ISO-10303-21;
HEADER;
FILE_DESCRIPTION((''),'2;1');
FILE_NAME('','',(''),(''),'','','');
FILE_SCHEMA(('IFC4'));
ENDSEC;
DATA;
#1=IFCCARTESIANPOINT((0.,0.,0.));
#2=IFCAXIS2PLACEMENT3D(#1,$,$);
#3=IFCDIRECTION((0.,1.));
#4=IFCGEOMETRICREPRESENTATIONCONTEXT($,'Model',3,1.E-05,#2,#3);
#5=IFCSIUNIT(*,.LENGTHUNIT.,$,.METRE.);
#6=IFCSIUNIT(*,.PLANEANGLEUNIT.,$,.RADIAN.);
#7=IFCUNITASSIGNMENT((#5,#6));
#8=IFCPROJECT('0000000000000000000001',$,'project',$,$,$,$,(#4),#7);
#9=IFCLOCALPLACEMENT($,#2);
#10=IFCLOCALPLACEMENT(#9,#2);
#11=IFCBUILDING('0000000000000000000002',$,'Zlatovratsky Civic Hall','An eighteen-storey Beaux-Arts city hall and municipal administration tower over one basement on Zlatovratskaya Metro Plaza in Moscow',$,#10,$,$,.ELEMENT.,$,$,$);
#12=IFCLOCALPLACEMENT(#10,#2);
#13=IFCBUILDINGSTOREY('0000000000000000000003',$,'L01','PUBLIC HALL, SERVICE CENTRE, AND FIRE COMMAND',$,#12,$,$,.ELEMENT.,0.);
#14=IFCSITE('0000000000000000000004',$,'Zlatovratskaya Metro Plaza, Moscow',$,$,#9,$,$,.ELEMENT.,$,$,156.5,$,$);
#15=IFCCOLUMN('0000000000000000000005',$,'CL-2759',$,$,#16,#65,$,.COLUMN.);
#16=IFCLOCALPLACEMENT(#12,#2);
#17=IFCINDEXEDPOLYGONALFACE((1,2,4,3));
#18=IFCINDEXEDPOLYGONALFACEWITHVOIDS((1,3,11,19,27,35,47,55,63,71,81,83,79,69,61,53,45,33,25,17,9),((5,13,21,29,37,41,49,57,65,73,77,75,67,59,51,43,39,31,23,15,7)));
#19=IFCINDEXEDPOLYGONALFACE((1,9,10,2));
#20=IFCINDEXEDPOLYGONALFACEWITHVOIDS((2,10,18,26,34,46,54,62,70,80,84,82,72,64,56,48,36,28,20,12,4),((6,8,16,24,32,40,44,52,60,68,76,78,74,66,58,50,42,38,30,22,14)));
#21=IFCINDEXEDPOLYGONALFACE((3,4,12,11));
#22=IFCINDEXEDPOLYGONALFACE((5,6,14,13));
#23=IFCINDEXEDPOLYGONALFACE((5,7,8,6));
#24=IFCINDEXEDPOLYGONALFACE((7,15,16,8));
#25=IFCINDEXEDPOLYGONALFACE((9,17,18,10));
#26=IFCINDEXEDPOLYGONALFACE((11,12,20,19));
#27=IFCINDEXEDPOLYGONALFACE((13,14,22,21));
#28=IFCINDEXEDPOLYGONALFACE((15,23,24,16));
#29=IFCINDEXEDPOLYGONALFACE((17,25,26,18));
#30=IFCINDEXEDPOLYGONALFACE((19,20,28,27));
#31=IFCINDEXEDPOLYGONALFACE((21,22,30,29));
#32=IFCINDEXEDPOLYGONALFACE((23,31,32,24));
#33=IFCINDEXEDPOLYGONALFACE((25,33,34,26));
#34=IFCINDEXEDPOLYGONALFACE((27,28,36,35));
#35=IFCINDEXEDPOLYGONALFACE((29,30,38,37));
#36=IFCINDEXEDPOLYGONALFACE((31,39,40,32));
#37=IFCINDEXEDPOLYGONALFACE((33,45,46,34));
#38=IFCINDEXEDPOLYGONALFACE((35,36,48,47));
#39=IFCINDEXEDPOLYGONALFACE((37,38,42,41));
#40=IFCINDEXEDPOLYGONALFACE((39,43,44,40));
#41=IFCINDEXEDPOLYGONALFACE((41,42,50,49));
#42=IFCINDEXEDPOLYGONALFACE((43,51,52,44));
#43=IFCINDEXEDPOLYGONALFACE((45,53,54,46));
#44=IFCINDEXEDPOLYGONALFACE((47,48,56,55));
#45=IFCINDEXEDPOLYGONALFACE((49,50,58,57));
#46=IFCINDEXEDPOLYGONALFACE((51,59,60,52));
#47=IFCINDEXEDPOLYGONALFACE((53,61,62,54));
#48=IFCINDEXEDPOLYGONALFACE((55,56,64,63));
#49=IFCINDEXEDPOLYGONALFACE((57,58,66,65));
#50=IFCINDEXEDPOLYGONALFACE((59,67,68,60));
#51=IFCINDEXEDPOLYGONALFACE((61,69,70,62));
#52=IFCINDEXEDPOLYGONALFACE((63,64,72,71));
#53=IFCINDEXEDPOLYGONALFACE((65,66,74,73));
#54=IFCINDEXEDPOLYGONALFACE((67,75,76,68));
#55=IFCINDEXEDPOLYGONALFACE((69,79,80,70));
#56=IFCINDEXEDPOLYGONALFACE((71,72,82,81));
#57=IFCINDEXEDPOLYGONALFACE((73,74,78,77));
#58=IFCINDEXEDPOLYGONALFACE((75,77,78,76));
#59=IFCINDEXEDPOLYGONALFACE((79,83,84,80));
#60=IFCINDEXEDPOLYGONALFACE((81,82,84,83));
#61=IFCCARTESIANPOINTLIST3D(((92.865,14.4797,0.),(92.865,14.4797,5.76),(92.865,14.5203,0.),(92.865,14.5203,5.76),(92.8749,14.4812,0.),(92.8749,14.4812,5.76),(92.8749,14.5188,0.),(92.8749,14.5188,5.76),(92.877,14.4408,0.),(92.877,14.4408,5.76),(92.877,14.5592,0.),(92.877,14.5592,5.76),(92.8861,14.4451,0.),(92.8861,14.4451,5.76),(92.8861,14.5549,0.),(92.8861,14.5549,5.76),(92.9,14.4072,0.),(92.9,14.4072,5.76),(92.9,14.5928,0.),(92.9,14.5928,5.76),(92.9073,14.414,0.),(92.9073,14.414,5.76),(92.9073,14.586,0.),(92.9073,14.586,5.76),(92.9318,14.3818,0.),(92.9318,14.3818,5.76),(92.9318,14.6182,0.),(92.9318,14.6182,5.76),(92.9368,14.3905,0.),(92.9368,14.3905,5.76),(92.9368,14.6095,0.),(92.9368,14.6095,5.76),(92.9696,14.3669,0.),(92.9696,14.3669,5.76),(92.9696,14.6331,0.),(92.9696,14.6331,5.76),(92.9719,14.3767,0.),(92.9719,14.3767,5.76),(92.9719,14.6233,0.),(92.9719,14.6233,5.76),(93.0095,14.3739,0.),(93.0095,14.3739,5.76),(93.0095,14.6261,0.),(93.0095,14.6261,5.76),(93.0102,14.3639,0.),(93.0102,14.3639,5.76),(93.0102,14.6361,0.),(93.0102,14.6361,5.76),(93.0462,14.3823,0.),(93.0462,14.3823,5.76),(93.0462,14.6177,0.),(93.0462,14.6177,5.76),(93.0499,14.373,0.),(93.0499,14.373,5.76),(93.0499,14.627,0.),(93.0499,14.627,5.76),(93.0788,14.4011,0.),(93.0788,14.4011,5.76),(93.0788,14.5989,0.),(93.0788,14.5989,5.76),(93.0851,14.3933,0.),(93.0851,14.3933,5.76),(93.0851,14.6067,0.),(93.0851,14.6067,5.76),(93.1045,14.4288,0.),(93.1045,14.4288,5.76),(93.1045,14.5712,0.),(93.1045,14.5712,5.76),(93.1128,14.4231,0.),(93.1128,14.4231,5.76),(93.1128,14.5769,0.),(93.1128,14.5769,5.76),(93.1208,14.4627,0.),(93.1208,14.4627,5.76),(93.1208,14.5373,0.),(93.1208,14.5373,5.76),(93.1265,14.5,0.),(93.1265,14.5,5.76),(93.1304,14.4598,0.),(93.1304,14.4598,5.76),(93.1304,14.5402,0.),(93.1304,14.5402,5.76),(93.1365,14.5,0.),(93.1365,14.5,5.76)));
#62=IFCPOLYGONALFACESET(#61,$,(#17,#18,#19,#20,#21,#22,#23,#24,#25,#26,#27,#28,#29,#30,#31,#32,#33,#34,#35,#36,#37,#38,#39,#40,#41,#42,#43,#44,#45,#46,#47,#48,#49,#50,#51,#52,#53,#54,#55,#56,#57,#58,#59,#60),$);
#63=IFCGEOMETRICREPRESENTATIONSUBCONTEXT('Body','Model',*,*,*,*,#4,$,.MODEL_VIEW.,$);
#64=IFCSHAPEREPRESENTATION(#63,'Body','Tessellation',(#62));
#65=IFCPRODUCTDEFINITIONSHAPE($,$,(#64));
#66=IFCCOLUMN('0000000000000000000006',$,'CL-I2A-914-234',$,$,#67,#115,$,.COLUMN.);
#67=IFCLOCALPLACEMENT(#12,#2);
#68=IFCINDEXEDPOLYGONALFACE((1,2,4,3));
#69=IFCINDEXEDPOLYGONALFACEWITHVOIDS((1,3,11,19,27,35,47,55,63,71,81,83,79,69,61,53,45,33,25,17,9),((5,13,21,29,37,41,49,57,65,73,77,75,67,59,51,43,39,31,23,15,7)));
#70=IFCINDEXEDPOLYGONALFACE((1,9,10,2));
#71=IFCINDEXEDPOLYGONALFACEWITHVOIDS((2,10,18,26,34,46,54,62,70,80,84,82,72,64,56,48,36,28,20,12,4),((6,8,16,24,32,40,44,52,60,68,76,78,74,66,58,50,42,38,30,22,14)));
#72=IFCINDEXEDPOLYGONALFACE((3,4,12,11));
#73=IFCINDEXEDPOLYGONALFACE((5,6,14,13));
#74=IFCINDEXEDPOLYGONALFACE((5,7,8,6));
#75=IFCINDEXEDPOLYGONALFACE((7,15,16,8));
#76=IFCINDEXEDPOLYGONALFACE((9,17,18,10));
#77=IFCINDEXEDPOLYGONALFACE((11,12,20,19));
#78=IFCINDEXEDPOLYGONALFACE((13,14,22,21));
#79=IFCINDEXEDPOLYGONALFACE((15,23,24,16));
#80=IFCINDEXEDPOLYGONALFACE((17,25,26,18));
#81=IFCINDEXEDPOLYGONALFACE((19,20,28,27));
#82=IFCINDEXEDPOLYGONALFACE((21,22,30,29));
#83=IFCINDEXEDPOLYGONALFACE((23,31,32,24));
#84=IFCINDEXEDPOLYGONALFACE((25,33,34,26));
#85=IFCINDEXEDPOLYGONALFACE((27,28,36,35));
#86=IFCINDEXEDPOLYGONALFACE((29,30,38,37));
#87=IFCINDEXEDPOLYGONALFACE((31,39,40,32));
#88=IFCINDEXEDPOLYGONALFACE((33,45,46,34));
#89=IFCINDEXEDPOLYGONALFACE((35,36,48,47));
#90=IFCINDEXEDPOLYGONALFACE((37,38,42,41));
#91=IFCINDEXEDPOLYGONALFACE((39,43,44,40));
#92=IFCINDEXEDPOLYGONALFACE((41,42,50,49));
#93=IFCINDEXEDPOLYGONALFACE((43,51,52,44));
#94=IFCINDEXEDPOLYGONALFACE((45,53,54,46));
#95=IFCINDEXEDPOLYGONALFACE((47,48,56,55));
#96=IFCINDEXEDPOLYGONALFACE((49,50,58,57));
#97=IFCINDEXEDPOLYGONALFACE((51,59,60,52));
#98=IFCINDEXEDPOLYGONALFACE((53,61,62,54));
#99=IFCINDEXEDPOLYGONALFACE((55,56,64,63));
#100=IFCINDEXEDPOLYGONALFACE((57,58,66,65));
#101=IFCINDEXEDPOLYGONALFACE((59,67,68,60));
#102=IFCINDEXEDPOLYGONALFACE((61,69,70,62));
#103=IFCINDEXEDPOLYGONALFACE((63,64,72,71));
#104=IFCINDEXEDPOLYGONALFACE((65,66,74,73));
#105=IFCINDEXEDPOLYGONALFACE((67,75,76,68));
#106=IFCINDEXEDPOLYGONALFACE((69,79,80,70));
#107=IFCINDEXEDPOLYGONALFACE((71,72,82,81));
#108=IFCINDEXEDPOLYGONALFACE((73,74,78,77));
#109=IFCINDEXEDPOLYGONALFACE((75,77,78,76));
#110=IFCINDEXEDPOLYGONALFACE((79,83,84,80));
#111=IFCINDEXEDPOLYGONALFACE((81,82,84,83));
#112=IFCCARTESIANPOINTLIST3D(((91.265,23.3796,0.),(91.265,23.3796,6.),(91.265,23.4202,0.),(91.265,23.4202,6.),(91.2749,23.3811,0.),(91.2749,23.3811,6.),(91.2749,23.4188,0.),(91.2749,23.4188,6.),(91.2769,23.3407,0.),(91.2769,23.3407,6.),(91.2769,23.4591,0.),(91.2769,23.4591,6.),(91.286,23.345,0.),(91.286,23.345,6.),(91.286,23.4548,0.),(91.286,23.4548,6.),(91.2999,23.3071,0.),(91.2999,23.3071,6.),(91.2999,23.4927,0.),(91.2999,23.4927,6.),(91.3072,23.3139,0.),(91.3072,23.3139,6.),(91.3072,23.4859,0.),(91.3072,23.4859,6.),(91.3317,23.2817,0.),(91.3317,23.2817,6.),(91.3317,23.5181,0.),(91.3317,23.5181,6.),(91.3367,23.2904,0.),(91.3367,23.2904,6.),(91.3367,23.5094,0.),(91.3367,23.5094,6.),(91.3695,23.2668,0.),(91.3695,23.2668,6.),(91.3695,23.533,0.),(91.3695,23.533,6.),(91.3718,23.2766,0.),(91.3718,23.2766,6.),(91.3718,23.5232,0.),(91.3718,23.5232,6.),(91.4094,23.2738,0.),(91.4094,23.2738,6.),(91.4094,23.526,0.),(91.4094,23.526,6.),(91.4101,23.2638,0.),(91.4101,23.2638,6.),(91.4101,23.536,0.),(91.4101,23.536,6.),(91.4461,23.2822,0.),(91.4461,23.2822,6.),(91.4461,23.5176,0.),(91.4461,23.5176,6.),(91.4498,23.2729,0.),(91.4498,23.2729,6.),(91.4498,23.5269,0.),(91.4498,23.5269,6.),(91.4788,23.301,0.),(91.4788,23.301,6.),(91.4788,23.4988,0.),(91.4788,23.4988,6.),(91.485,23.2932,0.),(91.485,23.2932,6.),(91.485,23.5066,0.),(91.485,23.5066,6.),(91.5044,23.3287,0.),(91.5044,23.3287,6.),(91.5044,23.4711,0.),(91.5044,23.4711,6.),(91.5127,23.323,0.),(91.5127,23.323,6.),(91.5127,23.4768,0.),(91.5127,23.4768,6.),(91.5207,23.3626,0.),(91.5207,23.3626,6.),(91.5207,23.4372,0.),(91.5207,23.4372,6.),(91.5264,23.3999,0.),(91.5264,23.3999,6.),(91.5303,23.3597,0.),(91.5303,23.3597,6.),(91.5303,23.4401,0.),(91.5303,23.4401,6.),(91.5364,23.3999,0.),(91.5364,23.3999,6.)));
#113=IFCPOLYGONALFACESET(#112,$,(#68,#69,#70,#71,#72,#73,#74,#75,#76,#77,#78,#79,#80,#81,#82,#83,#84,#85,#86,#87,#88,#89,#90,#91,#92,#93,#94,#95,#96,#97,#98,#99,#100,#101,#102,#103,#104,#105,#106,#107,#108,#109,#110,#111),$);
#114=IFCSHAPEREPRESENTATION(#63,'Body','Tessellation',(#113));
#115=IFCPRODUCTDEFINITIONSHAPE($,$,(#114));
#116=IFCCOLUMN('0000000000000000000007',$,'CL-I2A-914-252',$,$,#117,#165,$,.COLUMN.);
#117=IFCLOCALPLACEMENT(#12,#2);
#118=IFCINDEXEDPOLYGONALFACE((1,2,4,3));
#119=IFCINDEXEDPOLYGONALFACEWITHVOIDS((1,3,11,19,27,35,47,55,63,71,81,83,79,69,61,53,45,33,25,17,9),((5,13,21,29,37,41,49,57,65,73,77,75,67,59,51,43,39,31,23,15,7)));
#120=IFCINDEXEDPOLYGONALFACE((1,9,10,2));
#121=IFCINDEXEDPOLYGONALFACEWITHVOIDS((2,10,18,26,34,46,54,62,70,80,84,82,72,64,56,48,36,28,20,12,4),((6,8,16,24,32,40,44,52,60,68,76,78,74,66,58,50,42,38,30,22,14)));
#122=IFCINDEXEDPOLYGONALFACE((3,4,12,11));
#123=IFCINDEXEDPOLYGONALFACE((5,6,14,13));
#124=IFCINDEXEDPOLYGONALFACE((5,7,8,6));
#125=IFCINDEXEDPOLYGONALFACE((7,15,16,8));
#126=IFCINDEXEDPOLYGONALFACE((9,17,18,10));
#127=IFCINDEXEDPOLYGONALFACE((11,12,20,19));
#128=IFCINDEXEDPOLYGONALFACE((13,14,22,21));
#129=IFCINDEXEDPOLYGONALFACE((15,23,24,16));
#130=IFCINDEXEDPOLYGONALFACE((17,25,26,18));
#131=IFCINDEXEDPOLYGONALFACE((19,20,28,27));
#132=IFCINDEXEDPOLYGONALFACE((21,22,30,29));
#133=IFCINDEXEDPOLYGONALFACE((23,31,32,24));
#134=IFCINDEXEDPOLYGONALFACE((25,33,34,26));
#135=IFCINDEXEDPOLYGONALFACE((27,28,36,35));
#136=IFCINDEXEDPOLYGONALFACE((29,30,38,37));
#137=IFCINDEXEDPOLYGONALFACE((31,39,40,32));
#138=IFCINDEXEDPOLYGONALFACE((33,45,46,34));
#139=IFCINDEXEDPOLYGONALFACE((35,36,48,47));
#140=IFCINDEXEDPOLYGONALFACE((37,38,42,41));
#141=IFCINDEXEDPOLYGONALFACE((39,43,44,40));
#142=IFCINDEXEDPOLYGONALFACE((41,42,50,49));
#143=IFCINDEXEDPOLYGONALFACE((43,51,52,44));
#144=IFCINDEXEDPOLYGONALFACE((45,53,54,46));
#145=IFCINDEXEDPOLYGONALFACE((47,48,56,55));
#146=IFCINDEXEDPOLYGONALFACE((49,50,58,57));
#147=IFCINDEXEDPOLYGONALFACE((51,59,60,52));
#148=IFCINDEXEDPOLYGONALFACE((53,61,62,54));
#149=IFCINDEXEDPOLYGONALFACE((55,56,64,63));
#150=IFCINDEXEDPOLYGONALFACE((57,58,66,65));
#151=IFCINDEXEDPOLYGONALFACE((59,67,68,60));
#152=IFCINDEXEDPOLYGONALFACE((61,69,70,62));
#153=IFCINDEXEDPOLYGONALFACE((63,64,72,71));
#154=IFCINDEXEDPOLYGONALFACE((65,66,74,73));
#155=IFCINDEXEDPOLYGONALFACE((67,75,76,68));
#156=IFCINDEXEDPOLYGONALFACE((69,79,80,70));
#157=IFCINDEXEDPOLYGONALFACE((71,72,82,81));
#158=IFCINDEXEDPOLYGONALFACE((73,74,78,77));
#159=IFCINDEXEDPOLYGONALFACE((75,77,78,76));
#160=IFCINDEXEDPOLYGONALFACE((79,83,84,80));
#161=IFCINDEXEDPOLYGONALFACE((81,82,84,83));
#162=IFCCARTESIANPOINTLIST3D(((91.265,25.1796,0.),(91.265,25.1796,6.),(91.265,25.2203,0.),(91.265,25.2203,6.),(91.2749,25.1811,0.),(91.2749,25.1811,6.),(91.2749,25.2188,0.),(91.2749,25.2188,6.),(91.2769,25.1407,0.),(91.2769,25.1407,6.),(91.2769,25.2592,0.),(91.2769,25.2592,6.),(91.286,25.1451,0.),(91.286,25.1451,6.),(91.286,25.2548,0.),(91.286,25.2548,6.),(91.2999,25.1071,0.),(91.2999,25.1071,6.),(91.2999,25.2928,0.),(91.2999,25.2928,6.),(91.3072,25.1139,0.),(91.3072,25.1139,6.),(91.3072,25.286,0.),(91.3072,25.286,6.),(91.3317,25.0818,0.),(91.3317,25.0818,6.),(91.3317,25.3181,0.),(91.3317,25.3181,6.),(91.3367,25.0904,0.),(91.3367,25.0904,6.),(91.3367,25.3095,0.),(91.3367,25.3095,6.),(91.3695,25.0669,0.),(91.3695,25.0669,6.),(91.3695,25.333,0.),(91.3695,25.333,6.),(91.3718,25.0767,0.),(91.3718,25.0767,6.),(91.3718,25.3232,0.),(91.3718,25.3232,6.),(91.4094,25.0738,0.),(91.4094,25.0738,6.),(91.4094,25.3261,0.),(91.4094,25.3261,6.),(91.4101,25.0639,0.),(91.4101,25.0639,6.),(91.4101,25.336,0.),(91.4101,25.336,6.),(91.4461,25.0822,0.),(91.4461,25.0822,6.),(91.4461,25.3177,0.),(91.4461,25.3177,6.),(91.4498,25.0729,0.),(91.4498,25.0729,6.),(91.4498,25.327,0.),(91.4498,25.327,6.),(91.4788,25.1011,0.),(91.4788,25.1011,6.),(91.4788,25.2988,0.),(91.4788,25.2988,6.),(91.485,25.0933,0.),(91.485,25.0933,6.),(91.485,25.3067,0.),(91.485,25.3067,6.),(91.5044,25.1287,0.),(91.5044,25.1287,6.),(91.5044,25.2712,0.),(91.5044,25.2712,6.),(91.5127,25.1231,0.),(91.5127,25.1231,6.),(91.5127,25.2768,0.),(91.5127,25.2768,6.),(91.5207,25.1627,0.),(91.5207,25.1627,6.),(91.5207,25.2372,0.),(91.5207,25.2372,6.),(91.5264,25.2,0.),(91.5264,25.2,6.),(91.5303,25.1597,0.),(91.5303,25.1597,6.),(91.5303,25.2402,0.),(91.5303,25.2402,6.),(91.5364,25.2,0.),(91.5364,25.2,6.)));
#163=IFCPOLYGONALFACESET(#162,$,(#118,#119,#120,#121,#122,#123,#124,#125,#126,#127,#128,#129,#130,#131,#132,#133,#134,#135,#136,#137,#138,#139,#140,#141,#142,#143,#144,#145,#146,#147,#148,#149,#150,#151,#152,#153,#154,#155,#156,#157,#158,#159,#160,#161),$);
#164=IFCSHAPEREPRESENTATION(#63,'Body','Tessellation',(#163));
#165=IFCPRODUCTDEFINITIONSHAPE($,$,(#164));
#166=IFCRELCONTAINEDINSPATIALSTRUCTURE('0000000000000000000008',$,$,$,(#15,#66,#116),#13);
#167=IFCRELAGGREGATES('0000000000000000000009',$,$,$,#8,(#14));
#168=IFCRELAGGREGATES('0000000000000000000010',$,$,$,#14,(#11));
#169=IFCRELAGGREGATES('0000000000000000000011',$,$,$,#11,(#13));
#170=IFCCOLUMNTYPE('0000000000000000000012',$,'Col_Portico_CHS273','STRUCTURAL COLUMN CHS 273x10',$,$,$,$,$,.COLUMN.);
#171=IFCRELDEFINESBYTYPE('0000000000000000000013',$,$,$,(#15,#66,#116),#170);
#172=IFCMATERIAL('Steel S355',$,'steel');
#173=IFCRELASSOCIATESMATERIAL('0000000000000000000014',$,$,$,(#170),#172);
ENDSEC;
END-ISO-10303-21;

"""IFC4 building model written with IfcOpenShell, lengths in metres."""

from ifc_helpers import new_model, si_unit, direction, frame, origin, origin_2d, place, context, subcontext, project, spatial, hollow_circle, extrude, material, material_profile, profile_set, type_object, element, save


model = new_model("IFC4")

# Units and contexts
model_context = context("Model", 3, precision=1e-05, world=origin(), true_north=direction((0.0, 1.0)))
body_context = subcontext(model_context, "Body", "Model", "MODEL_VIEW")
ifc_project = project(units=[si_unit("LENGTHUNIT", "METRE"), si_unit("PLANEANGLEUNIT", "RADIAN")], contexts=[model_context])

# Site, building, storey
site_placement = place(None, origin())
site = spatial("IfcSite", under=ifc_project, at=site_placement, Name="Zlatovratskaya Metro Plaza, Moscow", CompositionType="ELEMENT", RefElevation=156.5)
building_placement = place(site_placement, origin())
building = spatial("IfcBuilding", under=site, at=building_placement, Name="Zlatovratsky Civic Hall", Description="An eighteen-storey Beaux-Arts city hall and municipal administration tower over one basement on Zlatovratskaya Metro Plaza in Moscow", CompositionType="ELEMENT")
storey_placement = place(building_placement, origin())
storey = spatial("IfcBuildingStorey", under=building, at=storey_placement, Name="L01", Description="PUBLIC HALL, SERVICE CENTRE, AND FIRE COMMAND", CompositionType="ELEMENT", Elevation=0.0)

# Columns
ifc_material_1 = material(Name="Steel S355", Category="steel")
ifc_material_profile_1 = material_profile(ifc_material_1, hollow_circle(Radius=0.1365, WallThickness=0.01, at=origin_2d()), Name="CHS 273x10")
ifc_profile_set_1 = profile_set([ifc_material_profile_1], Name="Steel S355")
column_type_1 = type_object("IfcColumnType", Name="Col_Portico_CHS273", Description="STRUCTURAL COLUMN CHS 273x10", PredefinedType="COLUMN", material=ifc_profile_set_1)
column_placement = place(storey_placement, frame((93.0, 14.5, 0.0), z_axis=(0.0, 0.0, 1.0), x_axis=(1.0, 0.0, 0.0)))
element("IfcColumn", 1, at=column_placement, inside=storey, type_object=column_type_1, Name="CL-2759", PredefinedType="COLUMN", context=body_context, shape_type="SweptSolid", body=[
    extrude(hollow_circle(Radius=0.1365, WallThickness=0.01, at=origin_2d()), origin(), (0.0, 0.0, 1.0), 5.76),
])
for number, where, z_axis, x_axis, name in (
    (2, (91.3999, 23.3999, 0.0), (0.0, 0.0, 1.0), (1.0, 0.0, 0.0), "CL-I2A-914-234"),
    (3, (91.3999, 25.2, 0.0), (0.0, 0.0, 1.0), (1.0, 0.0, 0.0), "CL-I2A-914-252"),
):
    element("IfcColumn", number, at=place(storey_placement, frame(where, z_axis=z_axis, x_axis=x_axis)), inside=storey, type_object=column_type_1, Name=name, PredefinedType="COLUMN", context=body_context, shape_type="SweptSolid", body=[
        extrude(hollow_circle(Radius=0.1365, WallThickness=0.01, at=origin_2d()), origin(), (0.0, 0.0, 1.0), 6.0),
    ])

save(model, "model.ifc")
